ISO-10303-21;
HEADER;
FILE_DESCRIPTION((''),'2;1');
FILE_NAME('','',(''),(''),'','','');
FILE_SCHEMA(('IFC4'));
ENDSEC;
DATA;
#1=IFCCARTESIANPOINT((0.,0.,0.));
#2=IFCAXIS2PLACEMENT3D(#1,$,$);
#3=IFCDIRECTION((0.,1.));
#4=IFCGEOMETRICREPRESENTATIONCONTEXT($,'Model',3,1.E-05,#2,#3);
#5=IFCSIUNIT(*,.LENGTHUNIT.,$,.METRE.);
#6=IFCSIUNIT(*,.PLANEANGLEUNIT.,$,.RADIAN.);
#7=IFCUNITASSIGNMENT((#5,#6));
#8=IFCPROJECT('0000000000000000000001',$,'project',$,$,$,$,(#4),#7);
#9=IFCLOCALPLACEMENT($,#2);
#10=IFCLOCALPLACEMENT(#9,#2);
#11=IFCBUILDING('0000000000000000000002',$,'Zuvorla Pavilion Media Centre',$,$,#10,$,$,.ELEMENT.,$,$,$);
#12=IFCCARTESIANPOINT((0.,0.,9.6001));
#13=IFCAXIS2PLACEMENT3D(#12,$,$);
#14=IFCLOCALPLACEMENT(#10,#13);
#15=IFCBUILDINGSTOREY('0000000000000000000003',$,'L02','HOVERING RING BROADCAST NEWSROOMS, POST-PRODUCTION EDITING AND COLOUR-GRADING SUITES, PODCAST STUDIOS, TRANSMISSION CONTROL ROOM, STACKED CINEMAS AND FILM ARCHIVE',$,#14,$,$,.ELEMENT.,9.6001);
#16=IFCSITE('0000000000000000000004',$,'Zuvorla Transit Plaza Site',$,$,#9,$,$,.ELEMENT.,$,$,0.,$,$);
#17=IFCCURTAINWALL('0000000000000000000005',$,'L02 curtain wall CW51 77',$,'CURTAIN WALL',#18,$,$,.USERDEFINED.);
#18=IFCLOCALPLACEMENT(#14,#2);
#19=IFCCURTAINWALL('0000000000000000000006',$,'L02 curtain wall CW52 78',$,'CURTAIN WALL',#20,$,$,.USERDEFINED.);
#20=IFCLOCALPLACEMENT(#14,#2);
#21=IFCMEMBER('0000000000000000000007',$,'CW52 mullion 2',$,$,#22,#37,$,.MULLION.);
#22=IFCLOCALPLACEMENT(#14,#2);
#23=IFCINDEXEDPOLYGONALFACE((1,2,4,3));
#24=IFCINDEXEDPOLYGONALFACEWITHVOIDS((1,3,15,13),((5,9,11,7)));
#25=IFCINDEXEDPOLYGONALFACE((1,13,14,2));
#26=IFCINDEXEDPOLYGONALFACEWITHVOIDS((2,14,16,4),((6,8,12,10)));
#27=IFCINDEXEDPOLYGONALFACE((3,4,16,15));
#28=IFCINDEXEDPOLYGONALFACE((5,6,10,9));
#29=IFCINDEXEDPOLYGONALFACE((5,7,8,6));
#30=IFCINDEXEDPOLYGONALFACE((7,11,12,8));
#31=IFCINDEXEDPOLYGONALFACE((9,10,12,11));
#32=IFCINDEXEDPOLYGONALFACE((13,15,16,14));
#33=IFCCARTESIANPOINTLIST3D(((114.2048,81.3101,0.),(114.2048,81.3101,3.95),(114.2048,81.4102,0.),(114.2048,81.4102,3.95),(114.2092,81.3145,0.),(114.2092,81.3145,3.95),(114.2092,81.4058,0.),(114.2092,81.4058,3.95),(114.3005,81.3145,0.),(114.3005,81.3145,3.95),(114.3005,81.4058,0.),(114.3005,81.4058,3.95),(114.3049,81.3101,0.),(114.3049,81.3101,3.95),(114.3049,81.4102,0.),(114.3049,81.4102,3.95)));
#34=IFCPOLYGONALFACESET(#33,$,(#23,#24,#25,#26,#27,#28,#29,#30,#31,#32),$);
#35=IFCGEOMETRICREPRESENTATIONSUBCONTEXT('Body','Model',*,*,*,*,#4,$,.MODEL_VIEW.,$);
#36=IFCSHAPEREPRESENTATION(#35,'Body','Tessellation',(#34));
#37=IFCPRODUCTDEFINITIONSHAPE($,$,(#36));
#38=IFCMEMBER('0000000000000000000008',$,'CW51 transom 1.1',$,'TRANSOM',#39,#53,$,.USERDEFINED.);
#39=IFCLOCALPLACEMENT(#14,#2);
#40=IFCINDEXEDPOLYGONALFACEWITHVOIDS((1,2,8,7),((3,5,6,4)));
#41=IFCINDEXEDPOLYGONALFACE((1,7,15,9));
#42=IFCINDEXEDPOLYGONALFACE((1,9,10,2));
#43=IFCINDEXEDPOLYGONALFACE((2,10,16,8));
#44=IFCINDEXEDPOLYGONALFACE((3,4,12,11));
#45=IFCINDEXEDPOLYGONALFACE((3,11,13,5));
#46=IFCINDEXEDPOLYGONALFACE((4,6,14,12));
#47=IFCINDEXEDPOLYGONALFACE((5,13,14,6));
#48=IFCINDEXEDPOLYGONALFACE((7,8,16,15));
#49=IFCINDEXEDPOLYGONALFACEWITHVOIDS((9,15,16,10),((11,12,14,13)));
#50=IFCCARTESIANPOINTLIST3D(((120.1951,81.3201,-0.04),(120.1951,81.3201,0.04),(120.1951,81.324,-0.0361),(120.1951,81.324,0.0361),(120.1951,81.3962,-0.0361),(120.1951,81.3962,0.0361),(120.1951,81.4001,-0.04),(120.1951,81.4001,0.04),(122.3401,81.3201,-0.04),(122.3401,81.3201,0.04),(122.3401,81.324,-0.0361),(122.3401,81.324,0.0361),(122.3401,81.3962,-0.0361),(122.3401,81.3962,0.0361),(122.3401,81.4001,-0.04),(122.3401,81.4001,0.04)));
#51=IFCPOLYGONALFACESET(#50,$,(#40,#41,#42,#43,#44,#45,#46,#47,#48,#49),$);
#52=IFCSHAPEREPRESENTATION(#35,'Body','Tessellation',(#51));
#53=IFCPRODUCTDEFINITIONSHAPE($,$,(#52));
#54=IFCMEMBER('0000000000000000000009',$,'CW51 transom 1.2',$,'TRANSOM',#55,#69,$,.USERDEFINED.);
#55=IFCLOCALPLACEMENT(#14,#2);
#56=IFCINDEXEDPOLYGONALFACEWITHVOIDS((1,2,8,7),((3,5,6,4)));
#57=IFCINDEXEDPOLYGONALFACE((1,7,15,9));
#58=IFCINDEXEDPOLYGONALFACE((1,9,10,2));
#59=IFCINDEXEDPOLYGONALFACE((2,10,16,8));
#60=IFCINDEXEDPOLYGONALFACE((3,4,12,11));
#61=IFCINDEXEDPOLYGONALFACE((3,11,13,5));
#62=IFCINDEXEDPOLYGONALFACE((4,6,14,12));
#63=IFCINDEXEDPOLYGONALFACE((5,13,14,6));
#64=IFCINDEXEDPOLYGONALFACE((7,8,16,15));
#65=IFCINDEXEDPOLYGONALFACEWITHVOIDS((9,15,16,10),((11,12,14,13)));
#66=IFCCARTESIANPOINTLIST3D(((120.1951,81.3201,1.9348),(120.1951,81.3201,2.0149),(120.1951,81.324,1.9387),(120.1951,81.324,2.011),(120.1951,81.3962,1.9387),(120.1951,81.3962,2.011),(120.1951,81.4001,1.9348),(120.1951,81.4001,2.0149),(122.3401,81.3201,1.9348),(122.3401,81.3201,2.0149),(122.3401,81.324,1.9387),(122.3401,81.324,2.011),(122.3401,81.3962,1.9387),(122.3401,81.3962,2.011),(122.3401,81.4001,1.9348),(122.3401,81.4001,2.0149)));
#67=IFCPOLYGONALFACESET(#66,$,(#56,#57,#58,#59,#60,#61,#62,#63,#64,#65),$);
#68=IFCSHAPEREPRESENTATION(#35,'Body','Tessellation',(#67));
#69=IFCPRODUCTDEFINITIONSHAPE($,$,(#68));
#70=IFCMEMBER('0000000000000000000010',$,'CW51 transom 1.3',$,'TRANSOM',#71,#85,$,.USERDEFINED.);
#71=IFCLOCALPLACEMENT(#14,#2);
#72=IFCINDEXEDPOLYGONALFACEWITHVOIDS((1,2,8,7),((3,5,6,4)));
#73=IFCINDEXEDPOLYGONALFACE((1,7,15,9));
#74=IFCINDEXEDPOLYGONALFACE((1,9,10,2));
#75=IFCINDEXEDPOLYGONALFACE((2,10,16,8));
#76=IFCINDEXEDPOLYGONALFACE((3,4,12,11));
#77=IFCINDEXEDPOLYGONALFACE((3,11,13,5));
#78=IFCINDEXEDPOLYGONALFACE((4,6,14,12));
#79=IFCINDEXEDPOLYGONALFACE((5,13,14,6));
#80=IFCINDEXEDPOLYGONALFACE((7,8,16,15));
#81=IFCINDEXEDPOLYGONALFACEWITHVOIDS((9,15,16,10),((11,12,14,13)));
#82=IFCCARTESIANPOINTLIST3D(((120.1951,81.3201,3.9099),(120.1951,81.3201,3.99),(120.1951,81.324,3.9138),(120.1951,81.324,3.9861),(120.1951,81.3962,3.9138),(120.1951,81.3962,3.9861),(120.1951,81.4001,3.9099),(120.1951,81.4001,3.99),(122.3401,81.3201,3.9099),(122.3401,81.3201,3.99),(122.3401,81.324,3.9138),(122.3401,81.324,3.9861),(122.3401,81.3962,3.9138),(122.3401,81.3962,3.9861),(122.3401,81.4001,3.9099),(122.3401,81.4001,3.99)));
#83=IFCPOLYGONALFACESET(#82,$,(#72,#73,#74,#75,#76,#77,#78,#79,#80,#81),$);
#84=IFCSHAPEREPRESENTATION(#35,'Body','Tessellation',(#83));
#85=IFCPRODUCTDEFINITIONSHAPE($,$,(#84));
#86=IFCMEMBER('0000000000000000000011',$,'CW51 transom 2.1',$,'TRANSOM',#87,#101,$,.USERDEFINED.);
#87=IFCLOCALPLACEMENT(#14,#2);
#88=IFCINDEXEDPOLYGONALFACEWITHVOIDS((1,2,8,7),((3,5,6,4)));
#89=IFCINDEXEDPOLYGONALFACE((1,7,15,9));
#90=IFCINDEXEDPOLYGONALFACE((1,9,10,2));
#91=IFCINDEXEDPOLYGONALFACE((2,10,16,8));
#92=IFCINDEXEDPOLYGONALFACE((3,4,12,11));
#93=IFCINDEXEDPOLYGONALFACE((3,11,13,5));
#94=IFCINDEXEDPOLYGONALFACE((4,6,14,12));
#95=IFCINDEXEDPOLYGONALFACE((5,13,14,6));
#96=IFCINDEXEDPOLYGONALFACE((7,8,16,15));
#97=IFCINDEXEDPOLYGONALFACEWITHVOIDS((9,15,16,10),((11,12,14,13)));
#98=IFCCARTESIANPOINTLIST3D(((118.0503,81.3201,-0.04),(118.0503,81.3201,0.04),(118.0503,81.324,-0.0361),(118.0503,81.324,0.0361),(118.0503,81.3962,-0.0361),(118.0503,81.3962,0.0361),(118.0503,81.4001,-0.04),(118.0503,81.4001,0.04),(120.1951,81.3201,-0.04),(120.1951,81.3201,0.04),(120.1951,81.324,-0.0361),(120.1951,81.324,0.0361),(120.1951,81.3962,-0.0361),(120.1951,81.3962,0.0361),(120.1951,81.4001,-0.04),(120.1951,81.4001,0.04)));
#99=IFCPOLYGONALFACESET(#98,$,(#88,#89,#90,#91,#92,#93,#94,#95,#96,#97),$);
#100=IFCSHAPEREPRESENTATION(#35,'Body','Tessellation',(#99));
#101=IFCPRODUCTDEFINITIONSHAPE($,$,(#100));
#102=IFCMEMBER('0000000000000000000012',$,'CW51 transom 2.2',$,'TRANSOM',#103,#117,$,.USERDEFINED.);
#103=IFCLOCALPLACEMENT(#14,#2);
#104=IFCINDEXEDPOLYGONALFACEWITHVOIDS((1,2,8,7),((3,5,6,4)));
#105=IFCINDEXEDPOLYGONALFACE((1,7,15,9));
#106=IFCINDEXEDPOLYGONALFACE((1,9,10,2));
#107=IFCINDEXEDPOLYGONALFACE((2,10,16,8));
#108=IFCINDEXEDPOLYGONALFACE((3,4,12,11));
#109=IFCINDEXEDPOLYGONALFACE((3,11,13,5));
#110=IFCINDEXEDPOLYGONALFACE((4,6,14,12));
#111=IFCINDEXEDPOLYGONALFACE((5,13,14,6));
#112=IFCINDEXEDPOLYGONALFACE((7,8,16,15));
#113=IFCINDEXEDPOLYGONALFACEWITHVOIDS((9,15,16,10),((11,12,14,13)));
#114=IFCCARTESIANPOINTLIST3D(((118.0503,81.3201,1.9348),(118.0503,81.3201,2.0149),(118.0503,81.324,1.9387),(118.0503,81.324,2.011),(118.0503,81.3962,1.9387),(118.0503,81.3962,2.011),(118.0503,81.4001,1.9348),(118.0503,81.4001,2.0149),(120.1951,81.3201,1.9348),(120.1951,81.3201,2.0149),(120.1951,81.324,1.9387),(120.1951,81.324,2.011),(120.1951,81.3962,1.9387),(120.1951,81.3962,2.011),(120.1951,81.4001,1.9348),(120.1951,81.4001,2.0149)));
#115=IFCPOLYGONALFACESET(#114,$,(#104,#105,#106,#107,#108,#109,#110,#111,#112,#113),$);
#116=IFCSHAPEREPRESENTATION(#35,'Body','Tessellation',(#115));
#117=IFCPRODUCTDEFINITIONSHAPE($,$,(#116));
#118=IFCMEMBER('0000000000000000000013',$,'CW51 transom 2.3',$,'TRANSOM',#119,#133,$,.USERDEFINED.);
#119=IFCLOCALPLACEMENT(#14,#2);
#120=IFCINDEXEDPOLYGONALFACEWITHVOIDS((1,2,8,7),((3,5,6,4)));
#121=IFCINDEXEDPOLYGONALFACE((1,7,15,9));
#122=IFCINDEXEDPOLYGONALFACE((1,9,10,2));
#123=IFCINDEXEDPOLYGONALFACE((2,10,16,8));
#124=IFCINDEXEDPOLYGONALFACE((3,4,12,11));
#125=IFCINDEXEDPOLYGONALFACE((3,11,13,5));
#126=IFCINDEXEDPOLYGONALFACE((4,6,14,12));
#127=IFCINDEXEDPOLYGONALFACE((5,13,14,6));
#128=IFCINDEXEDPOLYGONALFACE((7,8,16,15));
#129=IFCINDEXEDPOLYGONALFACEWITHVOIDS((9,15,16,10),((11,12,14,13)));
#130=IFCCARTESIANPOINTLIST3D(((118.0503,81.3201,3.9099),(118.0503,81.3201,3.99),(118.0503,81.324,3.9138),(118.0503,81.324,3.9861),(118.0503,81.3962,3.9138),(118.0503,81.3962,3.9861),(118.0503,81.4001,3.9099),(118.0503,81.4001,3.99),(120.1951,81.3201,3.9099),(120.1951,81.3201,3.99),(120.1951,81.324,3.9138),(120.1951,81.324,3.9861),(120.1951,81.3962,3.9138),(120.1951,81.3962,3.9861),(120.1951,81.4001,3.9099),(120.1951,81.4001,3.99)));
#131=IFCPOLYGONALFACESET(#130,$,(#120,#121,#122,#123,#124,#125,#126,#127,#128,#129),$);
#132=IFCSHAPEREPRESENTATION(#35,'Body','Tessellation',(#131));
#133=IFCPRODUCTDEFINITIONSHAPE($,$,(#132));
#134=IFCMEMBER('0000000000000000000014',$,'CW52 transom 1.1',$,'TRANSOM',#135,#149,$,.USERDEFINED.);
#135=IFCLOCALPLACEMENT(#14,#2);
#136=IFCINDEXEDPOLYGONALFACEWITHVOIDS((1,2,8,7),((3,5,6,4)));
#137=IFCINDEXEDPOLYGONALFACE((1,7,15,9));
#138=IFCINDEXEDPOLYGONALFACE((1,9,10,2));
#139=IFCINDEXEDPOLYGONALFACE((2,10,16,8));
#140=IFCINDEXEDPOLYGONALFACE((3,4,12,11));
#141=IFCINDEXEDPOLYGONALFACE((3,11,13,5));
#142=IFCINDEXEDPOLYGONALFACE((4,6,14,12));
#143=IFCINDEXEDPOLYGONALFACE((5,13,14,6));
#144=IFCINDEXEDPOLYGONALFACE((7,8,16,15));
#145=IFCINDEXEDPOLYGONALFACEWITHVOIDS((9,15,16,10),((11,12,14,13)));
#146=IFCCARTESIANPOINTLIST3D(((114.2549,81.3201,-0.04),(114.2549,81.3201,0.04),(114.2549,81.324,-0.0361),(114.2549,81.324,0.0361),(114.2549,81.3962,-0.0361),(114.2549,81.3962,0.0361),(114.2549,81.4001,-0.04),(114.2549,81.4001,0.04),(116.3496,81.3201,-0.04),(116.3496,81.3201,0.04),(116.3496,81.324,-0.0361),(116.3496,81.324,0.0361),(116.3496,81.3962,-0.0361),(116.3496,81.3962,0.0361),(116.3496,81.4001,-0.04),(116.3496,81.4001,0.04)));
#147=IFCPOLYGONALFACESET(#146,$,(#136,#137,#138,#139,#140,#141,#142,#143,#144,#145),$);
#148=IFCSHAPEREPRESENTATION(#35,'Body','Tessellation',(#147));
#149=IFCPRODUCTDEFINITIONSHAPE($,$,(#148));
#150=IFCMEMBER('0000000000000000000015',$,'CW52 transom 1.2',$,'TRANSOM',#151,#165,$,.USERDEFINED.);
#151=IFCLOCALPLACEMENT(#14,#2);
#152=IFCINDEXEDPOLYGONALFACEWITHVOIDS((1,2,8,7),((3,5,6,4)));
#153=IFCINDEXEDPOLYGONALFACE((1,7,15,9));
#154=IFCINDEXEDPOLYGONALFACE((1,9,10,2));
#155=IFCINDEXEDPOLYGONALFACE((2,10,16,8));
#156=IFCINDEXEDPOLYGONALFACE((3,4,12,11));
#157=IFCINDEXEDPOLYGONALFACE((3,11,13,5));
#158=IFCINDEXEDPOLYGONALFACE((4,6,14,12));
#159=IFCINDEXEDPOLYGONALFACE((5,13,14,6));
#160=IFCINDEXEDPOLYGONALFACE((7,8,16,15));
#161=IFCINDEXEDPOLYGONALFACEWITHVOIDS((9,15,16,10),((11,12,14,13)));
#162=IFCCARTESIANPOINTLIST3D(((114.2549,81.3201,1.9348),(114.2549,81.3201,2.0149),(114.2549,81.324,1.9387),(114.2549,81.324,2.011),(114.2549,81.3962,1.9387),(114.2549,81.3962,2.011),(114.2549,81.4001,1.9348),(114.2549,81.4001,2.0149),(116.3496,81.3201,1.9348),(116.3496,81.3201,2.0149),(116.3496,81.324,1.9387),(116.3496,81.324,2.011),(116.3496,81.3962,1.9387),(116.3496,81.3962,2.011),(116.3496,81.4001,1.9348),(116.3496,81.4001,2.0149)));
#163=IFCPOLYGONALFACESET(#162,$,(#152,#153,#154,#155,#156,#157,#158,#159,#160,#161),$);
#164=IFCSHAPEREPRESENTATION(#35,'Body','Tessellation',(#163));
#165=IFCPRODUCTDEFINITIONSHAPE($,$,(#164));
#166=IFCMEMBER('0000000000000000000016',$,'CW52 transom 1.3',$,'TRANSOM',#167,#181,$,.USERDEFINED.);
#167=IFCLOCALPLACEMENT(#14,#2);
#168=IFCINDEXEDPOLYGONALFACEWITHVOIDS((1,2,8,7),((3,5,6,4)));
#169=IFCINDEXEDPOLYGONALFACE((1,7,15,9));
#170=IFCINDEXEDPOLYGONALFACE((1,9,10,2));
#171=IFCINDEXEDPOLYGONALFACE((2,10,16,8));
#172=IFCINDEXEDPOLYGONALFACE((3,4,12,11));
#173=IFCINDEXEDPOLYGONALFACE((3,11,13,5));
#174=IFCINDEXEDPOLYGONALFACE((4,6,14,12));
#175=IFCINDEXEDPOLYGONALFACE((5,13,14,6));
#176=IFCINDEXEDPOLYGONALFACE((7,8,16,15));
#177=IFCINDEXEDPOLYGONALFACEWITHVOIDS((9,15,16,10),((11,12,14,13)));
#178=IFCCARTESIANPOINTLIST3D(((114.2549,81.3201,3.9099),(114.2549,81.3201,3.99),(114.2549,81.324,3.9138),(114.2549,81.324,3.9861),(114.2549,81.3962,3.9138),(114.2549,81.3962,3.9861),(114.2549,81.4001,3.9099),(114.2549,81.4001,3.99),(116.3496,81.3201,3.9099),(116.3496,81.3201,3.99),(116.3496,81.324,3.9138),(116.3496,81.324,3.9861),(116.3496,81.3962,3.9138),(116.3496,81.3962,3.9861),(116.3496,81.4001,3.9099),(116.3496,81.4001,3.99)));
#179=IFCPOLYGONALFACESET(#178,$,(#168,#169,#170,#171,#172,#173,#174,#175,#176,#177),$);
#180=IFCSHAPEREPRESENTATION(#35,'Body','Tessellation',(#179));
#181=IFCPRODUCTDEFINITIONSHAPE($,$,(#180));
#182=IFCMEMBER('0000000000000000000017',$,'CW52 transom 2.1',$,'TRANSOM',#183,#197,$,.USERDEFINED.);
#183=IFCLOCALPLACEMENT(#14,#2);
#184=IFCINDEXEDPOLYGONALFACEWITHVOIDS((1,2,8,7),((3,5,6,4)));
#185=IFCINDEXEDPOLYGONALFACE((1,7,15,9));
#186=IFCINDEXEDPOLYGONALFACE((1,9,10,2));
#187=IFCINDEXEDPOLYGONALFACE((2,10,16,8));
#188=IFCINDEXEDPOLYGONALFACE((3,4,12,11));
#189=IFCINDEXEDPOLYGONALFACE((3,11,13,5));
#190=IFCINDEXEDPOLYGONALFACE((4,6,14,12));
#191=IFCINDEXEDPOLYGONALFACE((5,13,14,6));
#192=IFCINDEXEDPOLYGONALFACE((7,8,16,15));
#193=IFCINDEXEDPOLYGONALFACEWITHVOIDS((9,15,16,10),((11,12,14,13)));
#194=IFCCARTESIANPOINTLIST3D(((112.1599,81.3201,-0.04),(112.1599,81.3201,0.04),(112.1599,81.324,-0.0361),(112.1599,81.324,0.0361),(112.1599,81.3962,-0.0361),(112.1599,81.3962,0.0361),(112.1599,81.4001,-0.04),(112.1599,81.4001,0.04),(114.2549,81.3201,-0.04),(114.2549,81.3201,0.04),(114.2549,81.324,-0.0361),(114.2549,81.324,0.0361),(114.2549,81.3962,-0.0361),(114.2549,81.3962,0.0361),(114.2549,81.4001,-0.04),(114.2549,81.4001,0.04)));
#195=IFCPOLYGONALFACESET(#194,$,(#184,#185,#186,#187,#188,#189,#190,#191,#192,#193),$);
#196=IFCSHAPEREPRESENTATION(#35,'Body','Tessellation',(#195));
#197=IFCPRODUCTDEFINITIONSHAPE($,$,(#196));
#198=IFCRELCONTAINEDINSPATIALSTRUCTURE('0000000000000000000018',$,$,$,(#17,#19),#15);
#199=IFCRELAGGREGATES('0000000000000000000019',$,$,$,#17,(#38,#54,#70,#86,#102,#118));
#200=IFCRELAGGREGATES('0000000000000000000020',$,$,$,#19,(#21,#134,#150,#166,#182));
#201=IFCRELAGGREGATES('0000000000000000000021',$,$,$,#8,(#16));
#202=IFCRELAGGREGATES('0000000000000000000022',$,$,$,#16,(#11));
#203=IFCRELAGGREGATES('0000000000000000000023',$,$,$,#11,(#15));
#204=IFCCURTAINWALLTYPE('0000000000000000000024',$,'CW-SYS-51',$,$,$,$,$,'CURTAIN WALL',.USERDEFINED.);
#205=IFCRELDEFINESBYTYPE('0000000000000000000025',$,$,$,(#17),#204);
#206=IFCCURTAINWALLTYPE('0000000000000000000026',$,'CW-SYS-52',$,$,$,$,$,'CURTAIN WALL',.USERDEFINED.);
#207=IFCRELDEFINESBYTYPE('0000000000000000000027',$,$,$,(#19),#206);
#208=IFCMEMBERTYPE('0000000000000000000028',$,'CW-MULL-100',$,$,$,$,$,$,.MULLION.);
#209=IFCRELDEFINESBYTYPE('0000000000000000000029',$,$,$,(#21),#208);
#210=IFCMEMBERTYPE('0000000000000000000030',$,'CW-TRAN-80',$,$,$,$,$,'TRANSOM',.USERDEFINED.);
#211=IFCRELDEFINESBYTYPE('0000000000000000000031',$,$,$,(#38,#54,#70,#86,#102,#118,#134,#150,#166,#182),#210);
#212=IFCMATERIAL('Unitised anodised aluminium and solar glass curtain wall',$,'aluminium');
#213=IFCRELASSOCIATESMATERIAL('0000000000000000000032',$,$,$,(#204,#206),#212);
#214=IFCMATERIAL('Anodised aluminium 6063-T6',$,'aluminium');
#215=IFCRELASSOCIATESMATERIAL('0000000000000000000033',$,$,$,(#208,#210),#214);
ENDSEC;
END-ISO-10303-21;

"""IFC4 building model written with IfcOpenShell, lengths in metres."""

from ifc_helpers import new_model, si_unit, direction, frame, origin, origin_2d, place, context, subcontext, project, spatial, hollow_rectangle, extrude, material, material_profile, profile_set, type_object, element, aggregate, save


model = new_model("IFC4")

# Units and contexts
model_context = context("Model", 3, precision=1e-05, world=origin(), true_north=direction((0.0, 1.0)))
body_context = subcontext(model_context, "Body", "Model", "MODEL_VIEW")
ifc_project = project(units=[si_unit("LENGTHUNIT", "METRE"), si_unit("PLANEANGLEUNIT", "RADIAN")], contexts=[model_context])

# Site, building, storey
site_placement = place(None, origin())
site = spatial("IfcSite", under=ifc_project, at=site_placement, Name="Zuvorla Transit Plaza Site", CompositionType="ELEMENT", RefElevation=0.0)
building_placement = place(site_placement, origin())
building = spatial("IfcBuilding", under=site, at=building_placement, Name="Zuvorla Pavilion Media Centre", CompositionType="ELEMENT")
storey_placement = place(building_placement, frame((0.0, 0.0, 9.6001)))
storey = spatial("IfcBuildingStorey", under=building, at=storey_placement, Name="L02", Description="HOVERING RING BROADCAST NEWSROOMS, POST-PRODUCTION EDITING AND COLOUR-GRADING SUITES, PODCAST STUDIOS, TRANSMISSION CONTROL ROOM, STACKED CINEMAS AND FILM ARCHIVE", CompositionType="ELEMENT", Elevation=9.6001)

# Curtain walls, member
ifc_material_1 = material(Name="Unitised anodised aluminium and solar glass curtain wall", Category="aluminium")
curtain_wall_type_1 = type_object("IfcCurtainWallType", Name="CW-SYS-51", ElementType="CURTAIN WALL", PredefinedType="USERDEFINED", material=ifc_material_1)
curtain_wall_1_placement = place(storey_placement, origin())
curtain_wall_1 = element("IfcCurtainWall", 1, at=curtain_wall_1_placement, inside=storey, type_object=curtain_wall_type_1, Name="L02 curtain wall CW51 77", ObjectType="CURTAIN WALL", PredefinedType="USERDEFINED")
ifc_material_2 = material(Name="Anodised aluminium 6063-T6", Category="aluminium")
ifc_material_profile_1 = material_profile(ifc_material_2, hollow_rectangle(XDim=0.1001, YDim=0.1001, WallThickness=0.0044, at=origin_2d()), Name="ALU MULL 100x100")
ifc_profile_set_1 = profile_set([ifc_material_profile_1], Name="Anodised aluminium 6063-T6")
member_type_1 = type_object("IfcMemberType", Name="CW-MULL-100", PredefinedType="MULLION", material=ifc_profile_set_1)
curtain_wall_type_2 = type_object("IfcCurtainWallType", Name="CW-SYS-52", ElementType="CURTAIN WALL", PredefinedType="USERDEFINED", material=ifc_material_1)
curtain_wall_2_placement = place(storey_placement, origin())
curtain_wall_2 = element("IfcCurtainWall", 2, at=curtain_wall_2_placement, inside=storey, type_object=curtain_wall_type_2, Name="L02 curtain wall CW52 78", ObjectType="CURTAIN WALL", PredefinedType="USERDEFINED")
member_1_placement = place(storey_placement, frame((114.2549, 81.3601, 0.0), z_axis=(0.0, 0.0, 1.0), x_axis=(1.0, 0.0, 0.0)))
member_1 = element("IfcMember", 3, at=member_1_placement, type_object=member_type_1, Name="CW52 mullion 2", PredefinedType="MULLION", context=body_context, shape_type="SweptSolid", body=[
    extrude(hollow_rectangle(XDim=0.1001, YDim=0.1001, WallThickness=0.0044, at=origin_2d()), origin(), (0.0, 0.0, 1.0), 3.95),
])

# Members
ifc_material_profile_2 = material_profile(ifc_material_2, hollow_rectangle(XDim=0.0801, YDim=0.0801, WallThickness=0.0039, at=origin_2d()), Name="ALU TRAN 80x80")
ifc_profile_set_2 = profile_set([ifc_material_profile_2], Name="Anodised aluminium 6063-T6")
member_type_2 = type_object("IfcMemberType", Name="CW-TRAN-80", ElementType="TRANSOM", PredefinedType="USERDEFINED", material=ifc_profile_set_2)
member_2_placement = place(storey_placement, frame((122.3401, 81.3601, 0.0), z_axis=(-1.0, 0.0, 0.0), x_axis=(0.0, -1.0, 0.0)))
member_2 = element("IfcMember", 4, at=member_2_placement, type_object=member_type_2, Name="CW51 transom 1.1", ObjectType="TRANSOM", PredefinedType="USERDEFINED", context=body_context, shape_type="SweptSolid", body=[
    extrude(hollow_rectangle(XDim=0.0801, YDim=0.0801, WallThickness=0.0039, at=origin_2d()), origin(), (0.0, 0.0, 1.0), 2.145),
])
member_3_placement = place(storey_placement, frame((122.3401, 81.3601, 1.9749), z_axis=(-1.0, 0.0, 0.0), x_axis=(0.0, -1.0, 0.0)))
member_3 = element("IfcMember", 5, at=member_3_placement, type_object=member_type_2, Name="CW51 transom 1.2", ObjectType="TRANSOM", PredefinedType="USERDEFINED", context=body_context, shape_type="SweptSolid", body=[
    extrude(hollow_rectangle(XDim=0.0801, YDim=0.0801, WallThickness=0.0039, at=origin_2d()), origin(), (0.0, 0.0, 1.0), 2.145),
])
member_4_placement = place(storey_placement, frame((122.3401, 81.3601, 3.95), z_axis=(-1.0, 0.0, 0.0), x_axis=(0.0, -1.0, 0.0)))
member_4 = element("IfcMember", 6, at=member_4_placement, type_object=member_type_2, Name="CW51 transom 1.3", ObjectType="TRANSOM", PredefinedType="USERDEFINED", context=body_context, shape_type="SweptSolid", body=[
    extrude(hollow_rectangle(XDim=0.0801, YDim=0.0801, WallThickness=0.0039, at=origin_2d()), origin(), (0.0, 0.0, 1.0), 2.145),
])
member_5_placement = place(storey_placement, frame((120.1951, 81.3601, 0.0), z_axis=(-1.0, 0.0, 0.0), x_axis=(0.0, -1.0, 0.0)))
member_5 = element("IfcMember", 7, at=member_5_placement, type_object=member_type_2, Name="CW51 transom 2.1", ObjectType="TRANSOM", PredefinedType="USERDEFINED", context=body_context, shape_type="SweptSolid", body=[
    extrude(hollow_rectangle(XDim=0.0801, YDim=0.0801, WallThickness=0.0039, at=origin_2d()), origin(), (0.0, 0.0, 1.0), 2.1448),
])
member_6_placement = place(storey_placement, frame((120.1951, 81.3601, 1.9749), z_axis=(-1.0, 0.0, 0.0), x_axis=(0.0, -1.0, 0.0)))
member_6 = element("IfcMember", 8, at=member_6_placement, type_object=member_type_2, Name="CW51 transom 2.2", ObjectType="TRANSOM", PredefinedType="USERDEFINED", context=body_context, shape_type="SweptSolid", body=[
    extrude(hollow_rectangle(XDim=0.0801, YDim=0.0801, WallThickness=0.0039, at=origin_2d()), origin(), (0.0, 0.0, 1.0), 2.1448),
])
member_7_placement = place(storey_placement, frame((120.1951, 81.3601, 3.95), z_axis=(-1.0, 0.0, 0.0), x_axis=(0.0, -1.0, 0.0)))
member_7 = element("IfcMember", 9, at=member_7_placement, type_object=member_type_2, Name="CW51 transom 2.3", ObjectType="TRANSOM", PredefinedType="USERDEFINED", context=body_context, shape_type="SweptSolid", body=[
    extrude(hollow_rectangle(XDim=0.0801, YDim=0.0801, WallThickness=0.0039, at=origin_2d()), origin(), (0.0, 0.0, 1.0), 2.1448),
])
member_8_placement = place(storey_placement, frame((116.3496, 81.3601, 0.0), z_axis=(-1.0, 0.0, 0.0), x_axis=(0.0, -1.0, 0.0)))
member_8 = element("IfcMember", 10, at=member_8_placement, type_object=member_type_2, Name="CW52 transom 1.1", ObjectType="TRANSOM", PredefinedType="USERDEFINED", context=body_context, shape_type="SweptSolid", body=[
    extrude(hollow_rectangle(XDim=0.0801, YDim=0.0801, WallThickness=0.0039, at=origin_2d()), origin(), (0.0, 0.0, 1.0), 2.0947),
])
member_9_placement = place(storey_placement, frame((116.3496, 81.3601, 1.9749), z_axis=(-1.0, 0.0, 0.0), x_axis=(0.0, -1.0, 0.0)))
member_9 = element("IfcMember", 11, at=member_9_placement, type_object=member_type_2, Name="CW52 transom 1.2", ObjectType="TRANSOM", PredefinedType="USERDEFINED", context=body_context, shape_type="SweptSolid", body=[
    extrude(hollow_rectangle(XDim=0.0801, YDim=0.0801, WallThickness=0.0039, at=origin_2d()), origin(), (0.0, 0.0, 1.0), 2.0947),
])
member_10_placement = place(storey_placement, frame((116.3496, 81.3601, 3.95), z_axis=(-1.0, 0.0, 0.0), x_axis=(0.0, -1.0, 0.0)))
member_10 = element("IfcMember", 12, at=member_10_placement, type_object=member_type_2, Name="CW52 transom 1.3", ObjectType="TRANSOM", PredefinedType="USERDEFINED", context=body_context, shape_type="SweptSolid", body=[
    extrude(hollow_rectangle(XDim=0.0801, YDim=0.0801, WallThickness=0.0039, at=origin_2d()), origin(), (0.0, 0.0, 1.0), 2.0947),
])
member_11_placement = place(storey_placement, frame((114.2549, 81.3601, 0.0), z_axis=(-1.0, 0.0, 0.0), x_axis=(0.0, -1.0, 0.0)))
member_11 = element("IfcMember", 13, at=member_11_placement, type_object=member_type_2, Name="CW52 transom 2.1", ObjectType="TRANSOM", PredefinedType="USERDEFINED", context=body_context, shape_type="SweptSolid", body=[
    extrude(hollow_rectangle(XDim=0.0801, YDim=0.0801, WallThickness=0.0039, at=origin_2d()), origin(), (0.0, 0.0, 1.0), 2.095),
])

aggregate(curtain_wall_1, [member_2, member_3, member_4, member_5, member_6, member_7])
aggregate(curtain_wall_2, [member_1, member_8, member_9, member_10, member_11])

save(model, "model.ifc")
